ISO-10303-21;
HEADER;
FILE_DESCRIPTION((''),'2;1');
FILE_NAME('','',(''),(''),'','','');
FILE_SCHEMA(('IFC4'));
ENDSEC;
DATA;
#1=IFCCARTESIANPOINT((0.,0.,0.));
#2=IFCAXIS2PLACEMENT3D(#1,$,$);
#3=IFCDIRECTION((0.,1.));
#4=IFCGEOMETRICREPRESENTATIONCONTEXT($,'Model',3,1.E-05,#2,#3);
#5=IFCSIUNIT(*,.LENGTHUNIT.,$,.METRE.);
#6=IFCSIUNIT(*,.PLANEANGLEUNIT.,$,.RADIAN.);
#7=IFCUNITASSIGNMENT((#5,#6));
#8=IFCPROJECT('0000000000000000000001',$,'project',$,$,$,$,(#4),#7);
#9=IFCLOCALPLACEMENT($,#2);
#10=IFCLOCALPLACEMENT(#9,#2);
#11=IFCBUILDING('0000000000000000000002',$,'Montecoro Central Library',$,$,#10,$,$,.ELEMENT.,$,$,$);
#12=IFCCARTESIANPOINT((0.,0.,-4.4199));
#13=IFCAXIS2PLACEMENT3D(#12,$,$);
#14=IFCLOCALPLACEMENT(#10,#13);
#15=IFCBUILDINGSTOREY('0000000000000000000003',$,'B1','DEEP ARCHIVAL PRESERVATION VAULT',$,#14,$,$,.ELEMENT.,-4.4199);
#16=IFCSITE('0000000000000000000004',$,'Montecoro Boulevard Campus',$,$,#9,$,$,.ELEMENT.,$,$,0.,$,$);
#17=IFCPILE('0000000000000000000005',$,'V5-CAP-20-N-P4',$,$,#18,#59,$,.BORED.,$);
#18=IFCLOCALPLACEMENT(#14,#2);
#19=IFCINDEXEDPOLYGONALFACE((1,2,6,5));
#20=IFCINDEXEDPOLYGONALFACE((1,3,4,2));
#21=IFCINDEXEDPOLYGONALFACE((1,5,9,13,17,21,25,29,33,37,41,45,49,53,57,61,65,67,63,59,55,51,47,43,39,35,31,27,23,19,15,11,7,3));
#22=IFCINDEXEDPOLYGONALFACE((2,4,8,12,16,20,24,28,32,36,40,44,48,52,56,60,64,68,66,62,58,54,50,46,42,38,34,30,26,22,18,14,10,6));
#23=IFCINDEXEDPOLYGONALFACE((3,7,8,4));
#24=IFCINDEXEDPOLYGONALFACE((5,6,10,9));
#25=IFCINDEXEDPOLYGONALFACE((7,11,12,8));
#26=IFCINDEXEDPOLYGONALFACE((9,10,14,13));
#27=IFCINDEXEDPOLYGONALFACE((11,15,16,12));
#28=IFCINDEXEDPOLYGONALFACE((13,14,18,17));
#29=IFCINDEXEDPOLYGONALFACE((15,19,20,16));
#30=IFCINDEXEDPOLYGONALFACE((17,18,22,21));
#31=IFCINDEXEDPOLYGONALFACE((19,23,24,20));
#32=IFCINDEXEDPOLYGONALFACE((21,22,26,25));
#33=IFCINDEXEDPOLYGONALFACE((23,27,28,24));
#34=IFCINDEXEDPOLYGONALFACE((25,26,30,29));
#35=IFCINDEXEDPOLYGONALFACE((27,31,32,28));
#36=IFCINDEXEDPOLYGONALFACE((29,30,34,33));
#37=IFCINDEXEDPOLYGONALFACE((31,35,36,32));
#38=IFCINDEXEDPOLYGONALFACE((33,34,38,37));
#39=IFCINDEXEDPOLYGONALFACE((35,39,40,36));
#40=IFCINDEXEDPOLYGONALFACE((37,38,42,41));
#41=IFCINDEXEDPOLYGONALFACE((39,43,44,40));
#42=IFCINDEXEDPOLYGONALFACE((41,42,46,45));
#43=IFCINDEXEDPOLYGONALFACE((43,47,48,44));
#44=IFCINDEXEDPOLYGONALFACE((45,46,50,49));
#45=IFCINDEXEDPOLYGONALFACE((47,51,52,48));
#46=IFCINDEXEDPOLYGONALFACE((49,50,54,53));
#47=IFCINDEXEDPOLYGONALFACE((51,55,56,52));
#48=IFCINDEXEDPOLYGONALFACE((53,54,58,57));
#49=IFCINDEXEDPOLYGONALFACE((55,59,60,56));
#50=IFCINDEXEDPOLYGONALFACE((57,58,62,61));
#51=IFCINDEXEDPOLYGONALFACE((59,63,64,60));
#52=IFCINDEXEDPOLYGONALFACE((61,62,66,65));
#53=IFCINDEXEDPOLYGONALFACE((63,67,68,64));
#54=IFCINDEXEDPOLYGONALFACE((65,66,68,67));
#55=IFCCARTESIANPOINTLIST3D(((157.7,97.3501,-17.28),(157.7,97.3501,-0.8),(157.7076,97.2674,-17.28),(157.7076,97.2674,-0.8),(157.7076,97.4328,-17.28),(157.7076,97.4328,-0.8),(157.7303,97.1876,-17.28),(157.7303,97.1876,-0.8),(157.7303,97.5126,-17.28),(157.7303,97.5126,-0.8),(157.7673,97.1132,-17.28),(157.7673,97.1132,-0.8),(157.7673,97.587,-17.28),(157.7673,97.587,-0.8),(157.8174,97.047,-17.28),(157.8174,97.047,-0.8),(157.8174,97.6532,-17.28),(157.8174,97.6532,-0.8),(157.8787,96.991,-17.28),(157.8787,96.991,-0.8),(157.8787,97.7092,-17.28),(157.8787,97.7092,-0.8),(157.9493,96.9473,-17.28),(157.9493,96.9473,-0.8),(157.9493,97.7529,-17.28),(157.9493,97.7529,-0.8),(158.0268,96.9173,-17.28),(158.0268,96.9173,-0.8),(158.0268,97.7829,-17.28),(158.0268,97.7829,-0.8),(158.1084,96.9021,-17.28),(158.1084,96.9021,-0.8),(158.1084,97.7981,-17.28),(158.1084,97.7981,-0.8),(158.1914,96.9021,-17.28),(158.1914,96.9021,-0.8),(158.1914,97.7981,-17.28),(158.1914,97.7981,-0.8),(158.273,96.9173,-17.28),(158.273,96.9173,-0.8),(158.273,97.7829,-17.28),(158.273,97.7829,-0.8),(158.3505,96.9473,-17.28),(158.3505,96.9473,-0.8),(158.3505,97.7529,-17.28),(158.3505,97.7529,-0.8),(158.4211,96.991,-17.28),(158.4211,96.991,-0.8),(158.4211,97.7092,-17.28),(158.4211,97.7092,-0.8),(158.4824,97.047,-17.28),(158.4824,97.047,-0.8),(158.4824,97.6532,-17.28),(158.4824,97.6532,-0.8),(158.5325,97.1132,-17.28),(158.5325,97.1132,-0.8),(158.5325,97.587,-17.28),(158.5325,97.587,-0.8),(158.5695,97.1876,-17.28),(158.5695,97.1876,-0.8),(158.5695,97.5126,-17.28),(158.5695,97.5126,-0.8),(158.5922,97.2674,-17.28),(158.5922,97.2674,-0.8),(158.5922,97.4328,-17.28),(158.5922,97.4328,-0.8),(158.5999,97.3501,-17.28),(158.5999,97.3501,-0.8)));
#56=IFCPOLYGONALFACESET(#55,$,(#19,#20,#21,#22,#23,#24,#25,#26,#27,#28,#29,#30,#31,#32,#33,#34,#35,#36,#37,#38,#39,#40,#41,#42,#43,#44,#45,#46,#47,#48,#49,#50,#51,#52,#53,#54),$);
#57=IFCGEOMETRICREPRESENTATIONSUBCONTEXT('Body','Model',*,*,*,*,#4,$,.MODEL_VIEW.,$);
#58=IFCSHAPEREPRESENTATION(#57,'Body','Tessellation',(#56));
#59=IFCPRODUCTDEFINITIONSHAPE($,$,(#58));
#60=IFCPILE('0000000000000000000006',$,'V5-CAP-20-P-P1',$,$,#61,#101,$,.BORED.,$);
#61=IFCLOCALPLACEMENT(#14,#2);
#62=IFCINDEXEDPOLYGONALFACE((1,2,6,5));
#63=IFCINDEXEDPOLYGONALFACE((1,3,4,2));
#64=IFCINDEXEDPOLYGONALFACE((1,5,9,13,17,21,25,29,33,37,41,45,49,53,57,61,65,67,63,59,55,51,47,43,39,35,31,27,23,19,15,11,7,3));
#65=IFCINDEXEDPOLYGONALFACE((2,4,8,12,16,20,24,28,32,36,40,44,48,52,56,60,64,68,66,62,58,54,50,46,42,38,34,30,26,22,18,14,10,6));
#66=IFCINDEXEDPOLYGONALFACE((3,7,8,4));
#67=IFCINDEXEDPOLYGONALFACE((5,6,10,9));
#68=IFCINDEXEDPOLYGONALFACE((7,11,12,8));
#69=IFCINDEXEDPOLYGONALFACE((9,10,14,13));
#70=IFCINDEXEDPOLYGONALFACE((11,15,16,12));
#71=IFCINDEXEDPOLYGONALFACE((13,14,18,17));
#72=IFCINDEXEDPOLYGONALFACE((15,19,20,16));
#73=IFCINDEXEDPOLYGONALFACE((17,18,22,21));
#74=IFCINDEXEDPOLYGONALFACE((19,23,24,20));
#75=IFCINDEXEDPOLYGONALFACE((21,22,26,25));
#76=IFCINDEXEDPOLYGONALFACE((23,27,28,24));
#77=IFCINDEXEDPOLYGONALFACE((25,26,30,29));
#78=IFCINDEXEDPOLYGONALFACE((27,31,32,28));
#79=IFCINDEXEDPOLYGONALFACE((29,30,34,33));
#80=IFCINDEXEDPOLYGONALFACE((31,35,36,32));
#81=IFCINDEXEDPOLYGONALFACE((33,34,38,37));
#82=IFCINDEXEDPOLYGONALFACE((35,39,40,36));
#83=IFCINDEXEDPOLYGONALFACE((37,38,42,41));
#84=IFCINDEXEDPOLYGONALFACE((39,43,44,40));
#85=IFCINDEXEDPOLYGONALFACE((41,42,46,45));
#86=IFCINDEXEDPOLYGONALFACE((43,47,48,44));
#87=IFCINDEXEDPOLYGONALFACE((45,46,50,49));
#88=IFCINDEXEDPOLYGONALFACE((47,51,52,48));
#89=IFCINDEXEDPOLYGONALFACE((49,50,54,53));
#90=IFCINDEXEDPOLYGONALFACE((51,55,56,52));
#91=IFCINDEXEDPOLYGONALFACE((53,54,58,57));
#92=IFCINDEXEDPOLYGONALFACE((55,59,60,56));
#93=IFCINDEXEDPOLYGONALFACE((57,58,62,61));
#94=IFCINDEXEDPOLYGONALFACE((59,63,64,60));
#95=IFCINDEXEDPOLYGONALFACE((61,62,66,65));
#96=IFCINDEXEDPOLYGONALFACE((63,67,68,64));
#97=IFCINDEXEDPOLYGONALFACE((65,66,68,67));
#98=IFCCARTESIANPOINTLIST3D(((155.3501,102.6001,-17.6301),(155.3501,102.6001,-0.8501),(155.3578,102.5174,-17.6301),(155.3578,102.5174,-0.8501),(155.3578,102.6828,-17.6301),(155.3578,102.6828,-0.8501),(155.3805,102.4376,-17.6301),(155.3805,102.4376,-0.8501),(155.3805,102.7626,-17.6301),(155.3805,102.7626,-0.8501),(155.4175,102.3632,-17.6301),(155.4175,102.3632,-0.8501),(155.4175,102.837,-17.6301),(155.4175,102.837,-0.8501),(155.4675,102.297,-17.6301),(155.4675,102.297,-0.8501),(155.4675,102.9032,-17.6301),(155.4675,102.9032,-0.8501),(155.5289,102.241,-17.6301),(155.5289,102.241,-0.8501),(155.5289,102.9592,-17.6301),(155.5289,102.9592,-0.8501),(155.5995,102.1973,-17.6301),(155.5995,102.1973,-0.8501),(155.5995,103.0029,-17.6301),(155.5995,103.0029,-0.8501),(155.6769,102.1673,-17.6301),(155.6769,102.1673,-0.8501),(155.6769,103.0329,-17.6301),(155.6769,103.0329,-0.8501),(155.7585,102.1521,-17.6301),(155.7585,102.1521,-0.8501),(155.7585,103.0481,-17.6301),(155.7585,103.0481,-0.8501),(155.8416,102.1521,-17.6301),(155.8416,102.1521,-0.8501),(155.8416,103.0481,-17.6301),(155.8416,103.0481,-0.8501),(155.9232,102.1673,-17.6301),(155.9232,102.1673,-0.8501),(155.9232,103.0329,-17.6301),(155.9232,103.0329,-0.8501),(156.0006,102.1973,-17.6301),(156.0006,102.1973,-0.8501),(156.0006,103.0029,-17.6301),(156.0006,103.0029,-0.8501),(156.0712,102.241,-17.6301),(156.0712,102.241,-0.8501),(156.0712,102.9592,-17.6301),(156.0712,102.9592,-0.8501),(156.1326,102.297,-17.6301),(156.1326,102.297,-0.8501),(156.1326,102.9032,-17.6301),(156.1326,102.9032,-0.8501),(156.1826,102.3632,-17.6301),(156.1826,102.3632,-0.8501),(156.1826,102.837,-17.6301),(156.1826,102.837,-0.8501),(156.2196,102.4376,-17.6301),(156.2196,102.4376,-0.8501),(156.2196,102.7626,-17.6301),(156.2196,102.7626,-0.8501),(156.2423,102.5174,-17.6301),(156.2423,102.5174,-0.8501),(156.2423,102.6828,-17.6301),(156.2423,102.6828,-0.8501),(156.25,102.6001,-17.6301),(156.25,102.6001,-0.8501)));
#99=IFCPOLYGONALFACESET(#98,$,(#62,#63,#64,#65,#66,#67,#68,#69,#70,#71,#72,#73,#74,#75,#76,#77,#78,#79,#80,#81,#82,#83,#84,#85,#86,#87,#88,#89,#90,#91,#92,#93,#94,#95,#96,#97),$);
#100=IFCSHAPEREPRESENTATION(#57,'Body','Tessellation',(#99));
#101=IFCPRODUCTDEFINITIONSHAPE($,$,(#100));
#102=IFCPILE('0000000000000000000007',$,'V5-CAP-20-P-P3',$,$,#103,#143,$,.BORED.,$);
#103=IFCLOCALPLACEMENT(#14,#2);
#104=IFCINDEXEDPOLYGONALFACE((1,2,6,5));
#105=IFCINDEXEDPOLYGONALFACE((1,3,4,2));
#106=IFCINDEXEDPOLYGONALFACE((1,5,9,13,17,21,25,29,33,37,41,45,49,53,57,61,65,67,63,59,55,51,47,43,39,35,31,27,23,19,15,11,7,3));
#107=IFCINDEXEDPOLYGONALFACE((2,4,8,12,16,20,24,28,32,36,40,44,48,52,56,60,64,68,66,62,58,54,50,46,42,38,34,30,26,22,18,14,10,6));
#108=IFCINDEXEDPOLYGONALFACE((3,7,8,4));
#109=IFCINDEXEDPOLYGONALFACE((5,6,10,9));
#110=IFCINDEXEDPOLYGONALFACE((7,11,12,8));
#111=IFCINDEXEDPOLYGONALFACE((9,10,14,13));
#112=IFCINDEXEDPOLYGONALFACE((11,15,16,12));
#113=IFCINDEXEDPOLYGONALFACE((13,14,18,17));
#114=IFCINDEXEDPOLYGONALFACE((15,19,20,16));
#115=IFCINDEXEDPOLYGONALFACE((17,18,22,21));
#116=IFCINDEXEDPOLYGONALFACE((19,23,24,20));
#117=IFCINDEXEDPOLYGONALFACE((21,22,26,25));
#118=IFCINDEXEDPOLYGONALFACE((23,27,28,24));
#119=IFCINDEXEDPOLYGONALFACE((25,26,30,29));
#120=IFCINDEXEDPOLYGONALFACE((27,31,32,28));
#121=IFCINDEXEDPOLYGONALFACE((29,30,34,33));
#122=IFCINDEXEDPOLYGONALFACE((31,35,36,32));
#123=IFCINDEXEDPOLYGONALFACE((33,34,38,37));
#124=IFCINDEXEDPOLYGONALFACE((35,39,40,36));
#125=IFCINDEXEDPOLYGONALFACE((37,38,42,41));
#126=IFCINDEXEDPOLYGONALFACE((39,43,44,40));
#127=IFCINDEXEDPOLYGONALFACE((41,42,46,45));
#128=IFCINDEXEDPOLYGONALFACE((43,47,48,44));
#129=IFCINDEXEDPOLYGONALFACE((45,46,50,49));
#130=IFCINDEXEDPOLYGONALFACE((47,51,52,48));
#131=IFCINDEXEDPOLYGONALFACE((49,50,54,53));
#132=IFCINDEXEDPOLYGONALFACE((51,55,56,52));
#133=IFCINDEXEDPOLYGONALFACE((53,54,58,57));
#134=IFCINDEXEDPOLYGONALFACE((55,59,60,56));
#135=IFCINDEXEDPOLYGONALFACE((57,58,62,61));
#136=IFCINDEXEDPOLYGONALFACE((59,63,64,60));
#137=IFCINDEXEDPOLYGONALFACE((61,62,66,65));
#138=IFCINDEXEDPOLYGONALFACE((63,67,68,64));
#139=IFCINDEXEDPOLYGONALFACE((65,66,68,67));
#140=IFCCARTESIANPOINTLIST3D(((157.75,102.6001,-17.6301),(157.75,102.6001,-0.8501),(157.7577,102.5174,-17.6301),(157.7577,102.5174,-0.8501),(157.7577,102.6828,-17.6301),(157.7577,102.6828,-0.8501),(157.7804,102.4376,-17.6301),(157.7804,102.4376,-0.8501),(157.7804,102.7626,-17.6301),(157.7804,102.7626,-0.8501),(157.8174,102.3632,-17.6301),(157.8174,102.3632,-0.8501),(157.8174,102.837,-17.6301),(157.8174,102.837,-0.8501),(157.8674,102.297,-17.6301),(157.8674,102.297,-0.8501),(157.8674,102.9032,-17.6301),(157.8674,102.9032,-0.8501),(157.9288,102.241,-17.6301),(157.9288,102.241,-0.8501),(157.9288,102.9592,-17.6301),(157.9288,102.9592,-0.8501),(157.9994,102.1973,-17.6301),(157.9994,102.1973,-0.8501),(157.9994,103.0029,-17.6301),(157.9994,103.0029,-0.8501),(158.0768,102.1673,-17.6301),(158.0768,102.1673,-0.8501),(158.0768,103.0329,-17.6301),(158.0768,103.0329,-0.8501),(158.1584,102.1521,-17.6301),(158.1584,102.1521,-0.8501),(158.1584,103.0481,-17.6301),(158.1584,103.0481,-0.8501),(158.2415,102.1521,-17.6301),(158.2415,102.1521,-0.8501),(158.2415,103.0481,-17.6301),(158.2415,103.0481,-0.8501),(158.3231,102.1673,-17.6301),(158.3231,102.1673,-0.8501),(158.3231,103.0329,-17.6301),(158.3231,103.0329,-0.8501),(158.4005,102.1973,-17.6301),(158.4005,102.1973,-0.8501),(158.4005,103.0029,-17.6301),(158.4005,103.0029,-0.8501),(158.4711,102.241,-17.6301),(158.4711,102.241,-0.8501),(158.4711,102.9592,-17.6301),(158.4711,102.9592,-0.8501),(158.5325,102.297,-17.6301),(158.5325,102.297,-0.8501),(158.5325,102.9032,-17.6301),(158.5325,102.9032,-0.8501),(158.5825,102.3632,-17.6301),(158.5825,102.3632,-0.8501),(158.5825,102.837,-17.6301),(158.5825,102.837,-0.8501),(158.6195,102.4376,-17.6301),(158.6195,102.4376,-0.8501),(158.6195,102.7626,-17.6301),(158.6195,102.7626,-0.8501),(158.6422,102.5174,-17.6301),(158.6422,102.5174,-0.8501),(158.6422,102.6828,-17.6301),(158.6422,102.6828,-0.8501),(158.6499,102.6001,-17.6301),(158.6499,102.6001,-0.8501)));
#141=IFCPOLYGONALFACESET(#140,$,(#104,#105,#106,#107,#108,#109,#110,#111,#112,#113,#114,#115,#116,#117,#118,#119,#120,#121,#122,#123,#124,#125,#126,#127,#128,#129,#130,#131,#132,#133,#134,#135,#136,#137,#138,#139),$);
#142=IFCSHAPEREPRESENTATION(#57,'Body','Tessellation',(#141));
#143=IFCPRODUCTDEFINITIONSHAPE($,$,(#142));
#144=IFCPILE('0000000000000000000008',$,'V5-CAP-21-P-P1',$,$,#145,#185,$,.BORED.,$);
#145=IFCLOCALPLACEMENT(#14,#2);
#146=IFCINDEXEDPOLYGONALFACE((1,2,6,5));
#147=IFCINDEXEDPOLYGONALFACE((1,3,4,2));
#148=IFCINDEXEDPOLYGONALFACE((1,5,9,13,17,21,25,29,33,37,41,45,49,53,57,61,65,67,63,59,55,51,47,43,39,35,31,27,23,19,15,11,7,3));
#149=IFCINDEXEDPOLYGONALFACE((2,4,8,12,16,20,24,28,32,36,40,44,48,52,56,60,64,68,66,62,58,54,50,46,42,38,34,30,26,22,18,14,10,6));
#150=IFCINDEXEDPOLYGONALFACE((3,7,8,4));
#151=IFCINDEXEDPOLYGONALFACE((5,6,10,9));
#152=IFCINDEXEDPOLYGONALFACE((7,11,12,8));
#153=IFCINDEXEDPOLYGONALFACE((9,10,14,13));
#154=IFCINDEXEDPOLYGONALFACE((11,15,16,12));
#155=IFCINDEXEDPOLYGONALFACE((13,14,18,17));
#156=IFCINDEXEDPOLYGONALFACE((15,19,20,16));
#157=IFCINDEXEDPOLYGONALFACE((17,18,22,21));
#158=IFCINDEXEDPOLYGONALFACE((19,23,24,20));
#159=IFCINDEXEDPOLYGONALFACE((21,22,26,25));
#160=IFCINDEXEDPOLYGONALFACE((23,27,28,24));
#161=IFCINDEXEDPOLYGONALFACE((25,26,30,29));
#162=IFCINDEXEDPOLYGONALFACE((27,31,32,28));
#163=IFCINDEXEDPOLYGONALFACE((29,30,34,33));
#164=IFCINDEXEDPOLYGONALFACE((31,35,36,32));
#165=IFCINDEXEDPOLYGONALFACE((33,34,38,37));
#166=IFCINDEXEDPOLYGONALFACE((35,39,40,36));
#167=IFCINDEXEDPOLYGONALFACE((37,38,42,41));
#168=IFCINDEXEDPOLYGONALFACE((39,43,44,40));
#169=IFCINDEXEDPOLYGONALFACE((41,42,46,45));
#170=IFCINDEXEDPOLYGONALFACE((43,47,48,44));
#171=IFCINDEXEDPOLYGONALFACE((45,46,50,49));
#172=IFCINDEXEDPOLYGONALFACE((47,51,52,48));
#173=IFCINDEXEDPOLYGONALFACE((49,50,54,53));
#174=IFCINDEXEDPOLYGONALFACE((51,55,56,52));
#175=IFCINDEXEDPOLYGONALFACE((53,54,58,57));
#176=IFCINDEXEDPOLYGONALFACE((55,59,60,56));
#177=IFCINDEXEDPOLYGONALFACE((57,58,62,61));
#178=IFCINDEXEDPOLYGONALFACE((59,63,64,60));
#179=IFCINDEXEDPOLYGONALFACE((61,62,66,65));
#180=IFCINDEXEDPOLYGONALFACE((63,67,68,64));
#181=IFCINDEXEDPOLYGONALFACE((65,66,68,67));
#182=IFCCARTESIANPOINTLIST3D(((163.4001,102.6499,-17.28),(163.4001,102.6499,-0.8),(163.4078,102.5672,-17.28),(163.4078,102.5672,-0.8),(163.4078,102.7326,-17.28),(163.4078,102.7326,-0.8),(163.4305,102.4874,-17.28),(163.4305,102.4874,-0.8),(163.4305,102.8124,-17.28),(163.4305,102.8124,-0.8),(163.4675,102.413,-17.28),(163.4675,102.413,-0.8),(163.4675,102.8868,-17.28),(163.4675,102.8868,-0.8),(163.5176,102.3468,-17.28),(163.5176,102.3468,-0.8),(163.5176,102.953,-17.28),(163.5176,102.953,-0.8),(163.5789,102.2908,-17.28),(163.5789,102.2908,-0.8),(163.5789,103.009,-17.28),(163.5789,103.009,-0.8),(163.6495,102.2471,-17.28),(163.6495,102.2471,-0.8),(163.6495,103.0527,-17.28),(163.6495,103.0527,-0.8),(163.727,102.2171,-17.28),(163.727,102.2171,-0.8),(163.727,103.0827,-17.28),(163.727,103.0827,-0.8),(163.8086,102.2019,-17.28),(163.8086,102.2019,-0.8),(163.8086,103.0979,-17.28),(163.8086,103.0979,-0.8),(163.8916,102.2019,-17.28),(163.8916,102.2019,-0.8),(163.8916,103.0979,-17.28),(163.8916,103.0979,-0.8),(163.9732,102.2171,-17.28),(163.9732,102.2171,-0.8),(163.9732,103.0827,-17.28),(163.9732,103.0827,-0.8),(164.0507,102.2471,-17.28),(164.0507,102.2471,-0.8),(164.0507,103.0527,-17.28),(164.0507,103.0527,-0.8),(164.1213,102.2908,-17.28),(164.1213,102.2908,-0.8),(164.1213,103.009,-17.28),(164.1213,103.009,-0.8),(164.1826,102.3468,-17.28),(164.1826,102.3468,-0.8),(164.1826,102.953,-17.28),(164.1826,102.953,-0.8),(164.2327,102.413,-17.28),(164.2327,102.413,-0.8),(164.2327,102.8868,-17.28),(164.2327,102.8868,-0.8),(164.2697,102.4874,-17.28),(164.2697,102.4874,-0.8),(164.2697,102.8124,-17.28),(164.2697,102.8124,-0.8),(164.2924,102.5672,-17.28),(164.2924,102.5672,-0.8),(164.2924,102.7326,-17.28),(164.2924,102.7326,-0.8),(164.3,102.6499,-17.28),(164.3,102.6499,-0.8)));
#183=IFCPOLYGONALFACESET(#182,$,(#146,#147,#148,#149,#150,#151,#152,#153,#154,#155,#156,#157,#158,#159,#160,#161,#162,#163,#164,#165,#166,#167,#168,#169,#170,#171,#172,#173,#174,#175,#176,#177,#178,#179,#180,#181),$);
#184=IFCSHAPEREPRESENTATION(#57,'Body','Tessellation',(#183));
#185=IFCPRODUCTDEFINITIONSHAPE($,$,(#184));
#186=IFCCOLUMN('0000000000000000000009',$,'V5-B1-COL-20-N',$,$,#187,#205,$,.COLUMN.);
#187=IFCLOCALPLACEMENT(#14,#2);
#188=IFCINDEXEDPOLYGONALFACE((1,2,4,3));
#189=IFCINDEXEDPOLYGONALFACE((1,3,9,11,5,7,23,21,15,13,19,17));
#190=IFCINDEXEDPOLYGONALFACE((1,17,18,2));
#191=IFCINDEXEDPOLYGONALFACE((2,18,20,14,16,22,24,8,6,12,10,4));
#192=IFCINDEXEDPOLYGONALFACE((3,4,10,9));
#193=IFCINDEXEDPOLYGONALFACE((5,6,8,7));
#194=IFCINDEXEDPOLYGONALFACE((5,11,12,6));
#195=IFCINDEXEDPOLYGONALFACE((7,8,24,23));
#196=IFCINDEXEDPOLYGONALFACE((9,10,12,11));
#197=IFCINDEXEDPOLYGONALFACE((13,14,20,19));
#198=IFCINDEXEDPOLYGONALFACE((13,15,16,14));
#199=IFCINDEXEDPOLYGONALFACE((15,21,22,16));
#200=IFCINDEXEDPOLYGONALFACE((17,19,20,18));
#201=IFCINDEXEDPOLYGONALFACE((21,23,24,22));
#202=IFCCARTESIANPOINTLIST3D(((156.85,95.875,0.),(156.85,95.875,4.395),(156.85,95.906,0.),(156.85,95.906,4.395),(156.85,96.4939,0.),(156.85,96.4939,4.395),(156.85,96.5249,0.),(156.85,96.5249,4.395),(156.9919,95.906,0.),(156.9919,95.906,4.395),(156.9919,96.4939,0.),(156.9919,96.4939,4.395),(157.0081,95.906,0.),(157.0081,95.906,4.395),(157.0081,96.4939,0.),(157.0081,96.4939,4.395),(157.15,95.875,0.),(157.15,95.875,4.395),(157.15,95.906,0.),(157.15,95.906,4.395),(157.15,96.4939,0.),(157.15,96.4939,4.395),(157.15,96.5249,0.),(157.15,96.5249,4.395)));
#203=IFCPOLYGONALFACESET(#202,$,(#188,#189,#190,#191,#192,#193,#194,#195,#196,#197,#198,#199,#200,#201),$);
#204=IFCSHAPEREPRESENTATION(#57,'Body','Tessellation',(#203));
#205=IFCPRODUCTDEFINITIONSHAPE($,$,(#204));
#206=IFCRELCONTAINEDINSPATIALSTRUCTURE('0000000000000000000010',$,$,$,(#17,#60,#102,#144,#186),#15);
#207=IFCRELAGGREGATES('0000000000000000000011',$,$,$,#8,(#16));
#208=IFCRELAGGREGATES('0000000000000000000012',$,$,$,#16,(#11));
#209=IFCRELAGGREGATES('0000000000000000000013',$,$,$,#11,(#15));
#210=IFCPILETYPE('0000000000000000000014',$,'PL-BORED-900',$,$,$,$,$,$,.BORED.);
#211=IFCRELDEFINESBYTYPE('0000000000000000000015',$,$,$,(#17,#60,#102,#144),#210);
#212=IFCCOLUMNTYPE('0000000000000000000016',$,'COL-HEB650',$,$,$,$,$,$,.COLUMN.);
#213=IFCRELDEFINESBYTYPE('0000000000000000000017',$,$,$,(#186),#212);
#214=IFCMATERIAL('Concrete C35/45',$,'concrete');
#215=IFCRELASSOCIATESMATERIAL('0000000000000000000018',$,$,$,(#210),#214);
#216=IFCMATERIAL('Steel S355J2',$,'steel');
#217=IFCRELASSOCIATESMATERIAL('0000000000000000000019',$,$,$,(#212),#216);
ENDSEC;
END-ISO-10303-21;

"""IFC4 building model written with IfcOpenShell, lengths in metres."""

from ifc_helpers import new_model, si_unit, direction, frame, origin, origin_2d, place, context, subcontext, project, spatial, circle, i_section, extrude, material, material_profile, profile_set, type_object, element, save


model = new_model("IFC4")

# Units and contexts
model_context = context("Model", 3, precision=1e-05, world=origin(), true_north=direction((0.0, 1.0)))
body_context = subcontext(model_context, "Body", "Model", "MODEL_VIEW")
ifc_project = project(units=[si_unit("LENGTHUNIT", "METRE"), si_unit("PLANEANGLEUNIT", "RADIAN")], contexts=[model_context])

# Site, building, storey
site_placement = place(None, origin())
site = spatial("IfcSite", under=ifc_project, at=site_placement, Name="Montecoro Boulevard Campus", CompositionType="ELEMENT", RefElevation=0.0)
building_placement = place(site_placement, origin())
building = spatial("IfcBuilding", under=site, at=building_placement, Name="Montecoro Central Library", CompositionType="ELEMENT")
storey_placement = place(building_placement, frame((0.0, 0.0, -4.4199)))
storey = spatial("IfcBuildingStorey", under=building, at=storey_placement, Name="B1", Description="DEEP ARCHIVAL PRESERVATION VAULT", CompositionType="ELEMENT", Elevation=-4.4199)

# Shared definitions
ifc_material_1 = material(Name="Concrete C35/45", Category="concrete")

# Piles
ifc_material_profile_1 = material_profile(ifc_material_1, circle(Radius=0.45, at=origin_2d()), Name="PILE D900")
ifc_profile_set_1 = profile_set([ifc_material_profile_1], Name="Concrete C35/45")
pile_type_1 = type_object("IfcPileType", Name="PL-BORED-900", PredefinedType="BORED", material=ifc_profile_set_1)
for number, where, z_axis, x_axis, name in (
    (1, (158.1499, 97.3501, -0.8), (0.0, 0.0, -1.0), (1.0, 0.0, 0.0), "V5-CAP-20-N-P4"),
):
    element("IfcPile", number, at=place(storey_placement, frame(where, z_axis=z_axis, x_axis=x_axis)), inside=storey, type_object=pile_type_1, Name=name, PredefinedType="BORED", context=body_context, shape_type="SweptSolid", body=[
        extrude(circle(Radius=0.45, at=origin_2d()), origin(), (0.0, 0.0, 1.0), 16.48),
    ])
for number, where, z_axis, x_axis, name in (
    (2, (155.8, 102.6001, -0.8501), (0.0, 0.0, -1.0), (1.0, 0.0, 0.0), "V5-CAP-20-P-P1"),
    (3, (158.2, 102.6001, -0.8501), (0.0, 0.0, -1.0), (1.0, 0.0, 0.0), "V5-CAP-20-P-P3"),
):
    element("IfcPile", number, at=place(storey_placement, frame(where, z_axis=z_axis, x_axis=x_axis)), inside=storey, type_object=pile_type_1, Name=name, PredefinedType="BORED", context=body_context, shape_type="SweptSolid", body=[
        extrude(circle(Radius=0.45, at=origin_2d()), origin(), (0.0, 0.0, 1.0), 16.78),
    ])
pile_1_placement = place(storey_placement, frame((163.8501, 102.6499, -0.8), z_axis=(0.0, 0.0, -1.0), x_axis=(1.0, 0.0, 0.0)))
element("IfcPile", 4, at=pile_1_placement, inside=storey, type_object=pile_type_1, Name="V5-CAP-21-P-P1", PredefinedType="BORED", context=body_context, shape_type="SweptSolid", body=[
    extrude(circle(Radius=0.45, at=origin_2d()), origin(), (0.0, 0.0, 1.0), 16.48),
])

# Column
ifc_material_2 = material(Name="Steel S355J2", Category="steel")
ifc_material_profile_2 = material_profile(ifc_material_2, i_section(OverallWidth=0.3, OverallDepth=0.6499, WebThickness=0.0161, FlangeThickness=0.031, at=origin_2d()), Name="HEB 650")
ifc_profile_set_2 = profile_set([ifc_material_profile_2], Name="Steel S355J2")
column_type = type_object("IfcColumnType", Name="COL-HEB650", PredefinedType="COLUMN", material=ifc_profile_set_2)
column_placement = place(storey_placement, frame((157.0, 96.2, 0.0), z_axis=(0.0, 0.0, 1.0), x_axis=(1.0, 0.0, 0.0)))
element("IfcColumn", 5, at=column_placement, inside=storey, type_object=column_type, Name="V5-B1-COL-20-N", PredefinedType="COLUMN", context=body_context, shape_type="SweptSolid", body=[
    extrude(i_section(OverallWidth=0.3, OverallDepth=0.6499, WebThickness=0.0161, FlangeThickness=0.031, at=origin_2d()), origin(), (0.0, 0.0, 1.0), 4.395),
])

save(model, "model.ifc")
